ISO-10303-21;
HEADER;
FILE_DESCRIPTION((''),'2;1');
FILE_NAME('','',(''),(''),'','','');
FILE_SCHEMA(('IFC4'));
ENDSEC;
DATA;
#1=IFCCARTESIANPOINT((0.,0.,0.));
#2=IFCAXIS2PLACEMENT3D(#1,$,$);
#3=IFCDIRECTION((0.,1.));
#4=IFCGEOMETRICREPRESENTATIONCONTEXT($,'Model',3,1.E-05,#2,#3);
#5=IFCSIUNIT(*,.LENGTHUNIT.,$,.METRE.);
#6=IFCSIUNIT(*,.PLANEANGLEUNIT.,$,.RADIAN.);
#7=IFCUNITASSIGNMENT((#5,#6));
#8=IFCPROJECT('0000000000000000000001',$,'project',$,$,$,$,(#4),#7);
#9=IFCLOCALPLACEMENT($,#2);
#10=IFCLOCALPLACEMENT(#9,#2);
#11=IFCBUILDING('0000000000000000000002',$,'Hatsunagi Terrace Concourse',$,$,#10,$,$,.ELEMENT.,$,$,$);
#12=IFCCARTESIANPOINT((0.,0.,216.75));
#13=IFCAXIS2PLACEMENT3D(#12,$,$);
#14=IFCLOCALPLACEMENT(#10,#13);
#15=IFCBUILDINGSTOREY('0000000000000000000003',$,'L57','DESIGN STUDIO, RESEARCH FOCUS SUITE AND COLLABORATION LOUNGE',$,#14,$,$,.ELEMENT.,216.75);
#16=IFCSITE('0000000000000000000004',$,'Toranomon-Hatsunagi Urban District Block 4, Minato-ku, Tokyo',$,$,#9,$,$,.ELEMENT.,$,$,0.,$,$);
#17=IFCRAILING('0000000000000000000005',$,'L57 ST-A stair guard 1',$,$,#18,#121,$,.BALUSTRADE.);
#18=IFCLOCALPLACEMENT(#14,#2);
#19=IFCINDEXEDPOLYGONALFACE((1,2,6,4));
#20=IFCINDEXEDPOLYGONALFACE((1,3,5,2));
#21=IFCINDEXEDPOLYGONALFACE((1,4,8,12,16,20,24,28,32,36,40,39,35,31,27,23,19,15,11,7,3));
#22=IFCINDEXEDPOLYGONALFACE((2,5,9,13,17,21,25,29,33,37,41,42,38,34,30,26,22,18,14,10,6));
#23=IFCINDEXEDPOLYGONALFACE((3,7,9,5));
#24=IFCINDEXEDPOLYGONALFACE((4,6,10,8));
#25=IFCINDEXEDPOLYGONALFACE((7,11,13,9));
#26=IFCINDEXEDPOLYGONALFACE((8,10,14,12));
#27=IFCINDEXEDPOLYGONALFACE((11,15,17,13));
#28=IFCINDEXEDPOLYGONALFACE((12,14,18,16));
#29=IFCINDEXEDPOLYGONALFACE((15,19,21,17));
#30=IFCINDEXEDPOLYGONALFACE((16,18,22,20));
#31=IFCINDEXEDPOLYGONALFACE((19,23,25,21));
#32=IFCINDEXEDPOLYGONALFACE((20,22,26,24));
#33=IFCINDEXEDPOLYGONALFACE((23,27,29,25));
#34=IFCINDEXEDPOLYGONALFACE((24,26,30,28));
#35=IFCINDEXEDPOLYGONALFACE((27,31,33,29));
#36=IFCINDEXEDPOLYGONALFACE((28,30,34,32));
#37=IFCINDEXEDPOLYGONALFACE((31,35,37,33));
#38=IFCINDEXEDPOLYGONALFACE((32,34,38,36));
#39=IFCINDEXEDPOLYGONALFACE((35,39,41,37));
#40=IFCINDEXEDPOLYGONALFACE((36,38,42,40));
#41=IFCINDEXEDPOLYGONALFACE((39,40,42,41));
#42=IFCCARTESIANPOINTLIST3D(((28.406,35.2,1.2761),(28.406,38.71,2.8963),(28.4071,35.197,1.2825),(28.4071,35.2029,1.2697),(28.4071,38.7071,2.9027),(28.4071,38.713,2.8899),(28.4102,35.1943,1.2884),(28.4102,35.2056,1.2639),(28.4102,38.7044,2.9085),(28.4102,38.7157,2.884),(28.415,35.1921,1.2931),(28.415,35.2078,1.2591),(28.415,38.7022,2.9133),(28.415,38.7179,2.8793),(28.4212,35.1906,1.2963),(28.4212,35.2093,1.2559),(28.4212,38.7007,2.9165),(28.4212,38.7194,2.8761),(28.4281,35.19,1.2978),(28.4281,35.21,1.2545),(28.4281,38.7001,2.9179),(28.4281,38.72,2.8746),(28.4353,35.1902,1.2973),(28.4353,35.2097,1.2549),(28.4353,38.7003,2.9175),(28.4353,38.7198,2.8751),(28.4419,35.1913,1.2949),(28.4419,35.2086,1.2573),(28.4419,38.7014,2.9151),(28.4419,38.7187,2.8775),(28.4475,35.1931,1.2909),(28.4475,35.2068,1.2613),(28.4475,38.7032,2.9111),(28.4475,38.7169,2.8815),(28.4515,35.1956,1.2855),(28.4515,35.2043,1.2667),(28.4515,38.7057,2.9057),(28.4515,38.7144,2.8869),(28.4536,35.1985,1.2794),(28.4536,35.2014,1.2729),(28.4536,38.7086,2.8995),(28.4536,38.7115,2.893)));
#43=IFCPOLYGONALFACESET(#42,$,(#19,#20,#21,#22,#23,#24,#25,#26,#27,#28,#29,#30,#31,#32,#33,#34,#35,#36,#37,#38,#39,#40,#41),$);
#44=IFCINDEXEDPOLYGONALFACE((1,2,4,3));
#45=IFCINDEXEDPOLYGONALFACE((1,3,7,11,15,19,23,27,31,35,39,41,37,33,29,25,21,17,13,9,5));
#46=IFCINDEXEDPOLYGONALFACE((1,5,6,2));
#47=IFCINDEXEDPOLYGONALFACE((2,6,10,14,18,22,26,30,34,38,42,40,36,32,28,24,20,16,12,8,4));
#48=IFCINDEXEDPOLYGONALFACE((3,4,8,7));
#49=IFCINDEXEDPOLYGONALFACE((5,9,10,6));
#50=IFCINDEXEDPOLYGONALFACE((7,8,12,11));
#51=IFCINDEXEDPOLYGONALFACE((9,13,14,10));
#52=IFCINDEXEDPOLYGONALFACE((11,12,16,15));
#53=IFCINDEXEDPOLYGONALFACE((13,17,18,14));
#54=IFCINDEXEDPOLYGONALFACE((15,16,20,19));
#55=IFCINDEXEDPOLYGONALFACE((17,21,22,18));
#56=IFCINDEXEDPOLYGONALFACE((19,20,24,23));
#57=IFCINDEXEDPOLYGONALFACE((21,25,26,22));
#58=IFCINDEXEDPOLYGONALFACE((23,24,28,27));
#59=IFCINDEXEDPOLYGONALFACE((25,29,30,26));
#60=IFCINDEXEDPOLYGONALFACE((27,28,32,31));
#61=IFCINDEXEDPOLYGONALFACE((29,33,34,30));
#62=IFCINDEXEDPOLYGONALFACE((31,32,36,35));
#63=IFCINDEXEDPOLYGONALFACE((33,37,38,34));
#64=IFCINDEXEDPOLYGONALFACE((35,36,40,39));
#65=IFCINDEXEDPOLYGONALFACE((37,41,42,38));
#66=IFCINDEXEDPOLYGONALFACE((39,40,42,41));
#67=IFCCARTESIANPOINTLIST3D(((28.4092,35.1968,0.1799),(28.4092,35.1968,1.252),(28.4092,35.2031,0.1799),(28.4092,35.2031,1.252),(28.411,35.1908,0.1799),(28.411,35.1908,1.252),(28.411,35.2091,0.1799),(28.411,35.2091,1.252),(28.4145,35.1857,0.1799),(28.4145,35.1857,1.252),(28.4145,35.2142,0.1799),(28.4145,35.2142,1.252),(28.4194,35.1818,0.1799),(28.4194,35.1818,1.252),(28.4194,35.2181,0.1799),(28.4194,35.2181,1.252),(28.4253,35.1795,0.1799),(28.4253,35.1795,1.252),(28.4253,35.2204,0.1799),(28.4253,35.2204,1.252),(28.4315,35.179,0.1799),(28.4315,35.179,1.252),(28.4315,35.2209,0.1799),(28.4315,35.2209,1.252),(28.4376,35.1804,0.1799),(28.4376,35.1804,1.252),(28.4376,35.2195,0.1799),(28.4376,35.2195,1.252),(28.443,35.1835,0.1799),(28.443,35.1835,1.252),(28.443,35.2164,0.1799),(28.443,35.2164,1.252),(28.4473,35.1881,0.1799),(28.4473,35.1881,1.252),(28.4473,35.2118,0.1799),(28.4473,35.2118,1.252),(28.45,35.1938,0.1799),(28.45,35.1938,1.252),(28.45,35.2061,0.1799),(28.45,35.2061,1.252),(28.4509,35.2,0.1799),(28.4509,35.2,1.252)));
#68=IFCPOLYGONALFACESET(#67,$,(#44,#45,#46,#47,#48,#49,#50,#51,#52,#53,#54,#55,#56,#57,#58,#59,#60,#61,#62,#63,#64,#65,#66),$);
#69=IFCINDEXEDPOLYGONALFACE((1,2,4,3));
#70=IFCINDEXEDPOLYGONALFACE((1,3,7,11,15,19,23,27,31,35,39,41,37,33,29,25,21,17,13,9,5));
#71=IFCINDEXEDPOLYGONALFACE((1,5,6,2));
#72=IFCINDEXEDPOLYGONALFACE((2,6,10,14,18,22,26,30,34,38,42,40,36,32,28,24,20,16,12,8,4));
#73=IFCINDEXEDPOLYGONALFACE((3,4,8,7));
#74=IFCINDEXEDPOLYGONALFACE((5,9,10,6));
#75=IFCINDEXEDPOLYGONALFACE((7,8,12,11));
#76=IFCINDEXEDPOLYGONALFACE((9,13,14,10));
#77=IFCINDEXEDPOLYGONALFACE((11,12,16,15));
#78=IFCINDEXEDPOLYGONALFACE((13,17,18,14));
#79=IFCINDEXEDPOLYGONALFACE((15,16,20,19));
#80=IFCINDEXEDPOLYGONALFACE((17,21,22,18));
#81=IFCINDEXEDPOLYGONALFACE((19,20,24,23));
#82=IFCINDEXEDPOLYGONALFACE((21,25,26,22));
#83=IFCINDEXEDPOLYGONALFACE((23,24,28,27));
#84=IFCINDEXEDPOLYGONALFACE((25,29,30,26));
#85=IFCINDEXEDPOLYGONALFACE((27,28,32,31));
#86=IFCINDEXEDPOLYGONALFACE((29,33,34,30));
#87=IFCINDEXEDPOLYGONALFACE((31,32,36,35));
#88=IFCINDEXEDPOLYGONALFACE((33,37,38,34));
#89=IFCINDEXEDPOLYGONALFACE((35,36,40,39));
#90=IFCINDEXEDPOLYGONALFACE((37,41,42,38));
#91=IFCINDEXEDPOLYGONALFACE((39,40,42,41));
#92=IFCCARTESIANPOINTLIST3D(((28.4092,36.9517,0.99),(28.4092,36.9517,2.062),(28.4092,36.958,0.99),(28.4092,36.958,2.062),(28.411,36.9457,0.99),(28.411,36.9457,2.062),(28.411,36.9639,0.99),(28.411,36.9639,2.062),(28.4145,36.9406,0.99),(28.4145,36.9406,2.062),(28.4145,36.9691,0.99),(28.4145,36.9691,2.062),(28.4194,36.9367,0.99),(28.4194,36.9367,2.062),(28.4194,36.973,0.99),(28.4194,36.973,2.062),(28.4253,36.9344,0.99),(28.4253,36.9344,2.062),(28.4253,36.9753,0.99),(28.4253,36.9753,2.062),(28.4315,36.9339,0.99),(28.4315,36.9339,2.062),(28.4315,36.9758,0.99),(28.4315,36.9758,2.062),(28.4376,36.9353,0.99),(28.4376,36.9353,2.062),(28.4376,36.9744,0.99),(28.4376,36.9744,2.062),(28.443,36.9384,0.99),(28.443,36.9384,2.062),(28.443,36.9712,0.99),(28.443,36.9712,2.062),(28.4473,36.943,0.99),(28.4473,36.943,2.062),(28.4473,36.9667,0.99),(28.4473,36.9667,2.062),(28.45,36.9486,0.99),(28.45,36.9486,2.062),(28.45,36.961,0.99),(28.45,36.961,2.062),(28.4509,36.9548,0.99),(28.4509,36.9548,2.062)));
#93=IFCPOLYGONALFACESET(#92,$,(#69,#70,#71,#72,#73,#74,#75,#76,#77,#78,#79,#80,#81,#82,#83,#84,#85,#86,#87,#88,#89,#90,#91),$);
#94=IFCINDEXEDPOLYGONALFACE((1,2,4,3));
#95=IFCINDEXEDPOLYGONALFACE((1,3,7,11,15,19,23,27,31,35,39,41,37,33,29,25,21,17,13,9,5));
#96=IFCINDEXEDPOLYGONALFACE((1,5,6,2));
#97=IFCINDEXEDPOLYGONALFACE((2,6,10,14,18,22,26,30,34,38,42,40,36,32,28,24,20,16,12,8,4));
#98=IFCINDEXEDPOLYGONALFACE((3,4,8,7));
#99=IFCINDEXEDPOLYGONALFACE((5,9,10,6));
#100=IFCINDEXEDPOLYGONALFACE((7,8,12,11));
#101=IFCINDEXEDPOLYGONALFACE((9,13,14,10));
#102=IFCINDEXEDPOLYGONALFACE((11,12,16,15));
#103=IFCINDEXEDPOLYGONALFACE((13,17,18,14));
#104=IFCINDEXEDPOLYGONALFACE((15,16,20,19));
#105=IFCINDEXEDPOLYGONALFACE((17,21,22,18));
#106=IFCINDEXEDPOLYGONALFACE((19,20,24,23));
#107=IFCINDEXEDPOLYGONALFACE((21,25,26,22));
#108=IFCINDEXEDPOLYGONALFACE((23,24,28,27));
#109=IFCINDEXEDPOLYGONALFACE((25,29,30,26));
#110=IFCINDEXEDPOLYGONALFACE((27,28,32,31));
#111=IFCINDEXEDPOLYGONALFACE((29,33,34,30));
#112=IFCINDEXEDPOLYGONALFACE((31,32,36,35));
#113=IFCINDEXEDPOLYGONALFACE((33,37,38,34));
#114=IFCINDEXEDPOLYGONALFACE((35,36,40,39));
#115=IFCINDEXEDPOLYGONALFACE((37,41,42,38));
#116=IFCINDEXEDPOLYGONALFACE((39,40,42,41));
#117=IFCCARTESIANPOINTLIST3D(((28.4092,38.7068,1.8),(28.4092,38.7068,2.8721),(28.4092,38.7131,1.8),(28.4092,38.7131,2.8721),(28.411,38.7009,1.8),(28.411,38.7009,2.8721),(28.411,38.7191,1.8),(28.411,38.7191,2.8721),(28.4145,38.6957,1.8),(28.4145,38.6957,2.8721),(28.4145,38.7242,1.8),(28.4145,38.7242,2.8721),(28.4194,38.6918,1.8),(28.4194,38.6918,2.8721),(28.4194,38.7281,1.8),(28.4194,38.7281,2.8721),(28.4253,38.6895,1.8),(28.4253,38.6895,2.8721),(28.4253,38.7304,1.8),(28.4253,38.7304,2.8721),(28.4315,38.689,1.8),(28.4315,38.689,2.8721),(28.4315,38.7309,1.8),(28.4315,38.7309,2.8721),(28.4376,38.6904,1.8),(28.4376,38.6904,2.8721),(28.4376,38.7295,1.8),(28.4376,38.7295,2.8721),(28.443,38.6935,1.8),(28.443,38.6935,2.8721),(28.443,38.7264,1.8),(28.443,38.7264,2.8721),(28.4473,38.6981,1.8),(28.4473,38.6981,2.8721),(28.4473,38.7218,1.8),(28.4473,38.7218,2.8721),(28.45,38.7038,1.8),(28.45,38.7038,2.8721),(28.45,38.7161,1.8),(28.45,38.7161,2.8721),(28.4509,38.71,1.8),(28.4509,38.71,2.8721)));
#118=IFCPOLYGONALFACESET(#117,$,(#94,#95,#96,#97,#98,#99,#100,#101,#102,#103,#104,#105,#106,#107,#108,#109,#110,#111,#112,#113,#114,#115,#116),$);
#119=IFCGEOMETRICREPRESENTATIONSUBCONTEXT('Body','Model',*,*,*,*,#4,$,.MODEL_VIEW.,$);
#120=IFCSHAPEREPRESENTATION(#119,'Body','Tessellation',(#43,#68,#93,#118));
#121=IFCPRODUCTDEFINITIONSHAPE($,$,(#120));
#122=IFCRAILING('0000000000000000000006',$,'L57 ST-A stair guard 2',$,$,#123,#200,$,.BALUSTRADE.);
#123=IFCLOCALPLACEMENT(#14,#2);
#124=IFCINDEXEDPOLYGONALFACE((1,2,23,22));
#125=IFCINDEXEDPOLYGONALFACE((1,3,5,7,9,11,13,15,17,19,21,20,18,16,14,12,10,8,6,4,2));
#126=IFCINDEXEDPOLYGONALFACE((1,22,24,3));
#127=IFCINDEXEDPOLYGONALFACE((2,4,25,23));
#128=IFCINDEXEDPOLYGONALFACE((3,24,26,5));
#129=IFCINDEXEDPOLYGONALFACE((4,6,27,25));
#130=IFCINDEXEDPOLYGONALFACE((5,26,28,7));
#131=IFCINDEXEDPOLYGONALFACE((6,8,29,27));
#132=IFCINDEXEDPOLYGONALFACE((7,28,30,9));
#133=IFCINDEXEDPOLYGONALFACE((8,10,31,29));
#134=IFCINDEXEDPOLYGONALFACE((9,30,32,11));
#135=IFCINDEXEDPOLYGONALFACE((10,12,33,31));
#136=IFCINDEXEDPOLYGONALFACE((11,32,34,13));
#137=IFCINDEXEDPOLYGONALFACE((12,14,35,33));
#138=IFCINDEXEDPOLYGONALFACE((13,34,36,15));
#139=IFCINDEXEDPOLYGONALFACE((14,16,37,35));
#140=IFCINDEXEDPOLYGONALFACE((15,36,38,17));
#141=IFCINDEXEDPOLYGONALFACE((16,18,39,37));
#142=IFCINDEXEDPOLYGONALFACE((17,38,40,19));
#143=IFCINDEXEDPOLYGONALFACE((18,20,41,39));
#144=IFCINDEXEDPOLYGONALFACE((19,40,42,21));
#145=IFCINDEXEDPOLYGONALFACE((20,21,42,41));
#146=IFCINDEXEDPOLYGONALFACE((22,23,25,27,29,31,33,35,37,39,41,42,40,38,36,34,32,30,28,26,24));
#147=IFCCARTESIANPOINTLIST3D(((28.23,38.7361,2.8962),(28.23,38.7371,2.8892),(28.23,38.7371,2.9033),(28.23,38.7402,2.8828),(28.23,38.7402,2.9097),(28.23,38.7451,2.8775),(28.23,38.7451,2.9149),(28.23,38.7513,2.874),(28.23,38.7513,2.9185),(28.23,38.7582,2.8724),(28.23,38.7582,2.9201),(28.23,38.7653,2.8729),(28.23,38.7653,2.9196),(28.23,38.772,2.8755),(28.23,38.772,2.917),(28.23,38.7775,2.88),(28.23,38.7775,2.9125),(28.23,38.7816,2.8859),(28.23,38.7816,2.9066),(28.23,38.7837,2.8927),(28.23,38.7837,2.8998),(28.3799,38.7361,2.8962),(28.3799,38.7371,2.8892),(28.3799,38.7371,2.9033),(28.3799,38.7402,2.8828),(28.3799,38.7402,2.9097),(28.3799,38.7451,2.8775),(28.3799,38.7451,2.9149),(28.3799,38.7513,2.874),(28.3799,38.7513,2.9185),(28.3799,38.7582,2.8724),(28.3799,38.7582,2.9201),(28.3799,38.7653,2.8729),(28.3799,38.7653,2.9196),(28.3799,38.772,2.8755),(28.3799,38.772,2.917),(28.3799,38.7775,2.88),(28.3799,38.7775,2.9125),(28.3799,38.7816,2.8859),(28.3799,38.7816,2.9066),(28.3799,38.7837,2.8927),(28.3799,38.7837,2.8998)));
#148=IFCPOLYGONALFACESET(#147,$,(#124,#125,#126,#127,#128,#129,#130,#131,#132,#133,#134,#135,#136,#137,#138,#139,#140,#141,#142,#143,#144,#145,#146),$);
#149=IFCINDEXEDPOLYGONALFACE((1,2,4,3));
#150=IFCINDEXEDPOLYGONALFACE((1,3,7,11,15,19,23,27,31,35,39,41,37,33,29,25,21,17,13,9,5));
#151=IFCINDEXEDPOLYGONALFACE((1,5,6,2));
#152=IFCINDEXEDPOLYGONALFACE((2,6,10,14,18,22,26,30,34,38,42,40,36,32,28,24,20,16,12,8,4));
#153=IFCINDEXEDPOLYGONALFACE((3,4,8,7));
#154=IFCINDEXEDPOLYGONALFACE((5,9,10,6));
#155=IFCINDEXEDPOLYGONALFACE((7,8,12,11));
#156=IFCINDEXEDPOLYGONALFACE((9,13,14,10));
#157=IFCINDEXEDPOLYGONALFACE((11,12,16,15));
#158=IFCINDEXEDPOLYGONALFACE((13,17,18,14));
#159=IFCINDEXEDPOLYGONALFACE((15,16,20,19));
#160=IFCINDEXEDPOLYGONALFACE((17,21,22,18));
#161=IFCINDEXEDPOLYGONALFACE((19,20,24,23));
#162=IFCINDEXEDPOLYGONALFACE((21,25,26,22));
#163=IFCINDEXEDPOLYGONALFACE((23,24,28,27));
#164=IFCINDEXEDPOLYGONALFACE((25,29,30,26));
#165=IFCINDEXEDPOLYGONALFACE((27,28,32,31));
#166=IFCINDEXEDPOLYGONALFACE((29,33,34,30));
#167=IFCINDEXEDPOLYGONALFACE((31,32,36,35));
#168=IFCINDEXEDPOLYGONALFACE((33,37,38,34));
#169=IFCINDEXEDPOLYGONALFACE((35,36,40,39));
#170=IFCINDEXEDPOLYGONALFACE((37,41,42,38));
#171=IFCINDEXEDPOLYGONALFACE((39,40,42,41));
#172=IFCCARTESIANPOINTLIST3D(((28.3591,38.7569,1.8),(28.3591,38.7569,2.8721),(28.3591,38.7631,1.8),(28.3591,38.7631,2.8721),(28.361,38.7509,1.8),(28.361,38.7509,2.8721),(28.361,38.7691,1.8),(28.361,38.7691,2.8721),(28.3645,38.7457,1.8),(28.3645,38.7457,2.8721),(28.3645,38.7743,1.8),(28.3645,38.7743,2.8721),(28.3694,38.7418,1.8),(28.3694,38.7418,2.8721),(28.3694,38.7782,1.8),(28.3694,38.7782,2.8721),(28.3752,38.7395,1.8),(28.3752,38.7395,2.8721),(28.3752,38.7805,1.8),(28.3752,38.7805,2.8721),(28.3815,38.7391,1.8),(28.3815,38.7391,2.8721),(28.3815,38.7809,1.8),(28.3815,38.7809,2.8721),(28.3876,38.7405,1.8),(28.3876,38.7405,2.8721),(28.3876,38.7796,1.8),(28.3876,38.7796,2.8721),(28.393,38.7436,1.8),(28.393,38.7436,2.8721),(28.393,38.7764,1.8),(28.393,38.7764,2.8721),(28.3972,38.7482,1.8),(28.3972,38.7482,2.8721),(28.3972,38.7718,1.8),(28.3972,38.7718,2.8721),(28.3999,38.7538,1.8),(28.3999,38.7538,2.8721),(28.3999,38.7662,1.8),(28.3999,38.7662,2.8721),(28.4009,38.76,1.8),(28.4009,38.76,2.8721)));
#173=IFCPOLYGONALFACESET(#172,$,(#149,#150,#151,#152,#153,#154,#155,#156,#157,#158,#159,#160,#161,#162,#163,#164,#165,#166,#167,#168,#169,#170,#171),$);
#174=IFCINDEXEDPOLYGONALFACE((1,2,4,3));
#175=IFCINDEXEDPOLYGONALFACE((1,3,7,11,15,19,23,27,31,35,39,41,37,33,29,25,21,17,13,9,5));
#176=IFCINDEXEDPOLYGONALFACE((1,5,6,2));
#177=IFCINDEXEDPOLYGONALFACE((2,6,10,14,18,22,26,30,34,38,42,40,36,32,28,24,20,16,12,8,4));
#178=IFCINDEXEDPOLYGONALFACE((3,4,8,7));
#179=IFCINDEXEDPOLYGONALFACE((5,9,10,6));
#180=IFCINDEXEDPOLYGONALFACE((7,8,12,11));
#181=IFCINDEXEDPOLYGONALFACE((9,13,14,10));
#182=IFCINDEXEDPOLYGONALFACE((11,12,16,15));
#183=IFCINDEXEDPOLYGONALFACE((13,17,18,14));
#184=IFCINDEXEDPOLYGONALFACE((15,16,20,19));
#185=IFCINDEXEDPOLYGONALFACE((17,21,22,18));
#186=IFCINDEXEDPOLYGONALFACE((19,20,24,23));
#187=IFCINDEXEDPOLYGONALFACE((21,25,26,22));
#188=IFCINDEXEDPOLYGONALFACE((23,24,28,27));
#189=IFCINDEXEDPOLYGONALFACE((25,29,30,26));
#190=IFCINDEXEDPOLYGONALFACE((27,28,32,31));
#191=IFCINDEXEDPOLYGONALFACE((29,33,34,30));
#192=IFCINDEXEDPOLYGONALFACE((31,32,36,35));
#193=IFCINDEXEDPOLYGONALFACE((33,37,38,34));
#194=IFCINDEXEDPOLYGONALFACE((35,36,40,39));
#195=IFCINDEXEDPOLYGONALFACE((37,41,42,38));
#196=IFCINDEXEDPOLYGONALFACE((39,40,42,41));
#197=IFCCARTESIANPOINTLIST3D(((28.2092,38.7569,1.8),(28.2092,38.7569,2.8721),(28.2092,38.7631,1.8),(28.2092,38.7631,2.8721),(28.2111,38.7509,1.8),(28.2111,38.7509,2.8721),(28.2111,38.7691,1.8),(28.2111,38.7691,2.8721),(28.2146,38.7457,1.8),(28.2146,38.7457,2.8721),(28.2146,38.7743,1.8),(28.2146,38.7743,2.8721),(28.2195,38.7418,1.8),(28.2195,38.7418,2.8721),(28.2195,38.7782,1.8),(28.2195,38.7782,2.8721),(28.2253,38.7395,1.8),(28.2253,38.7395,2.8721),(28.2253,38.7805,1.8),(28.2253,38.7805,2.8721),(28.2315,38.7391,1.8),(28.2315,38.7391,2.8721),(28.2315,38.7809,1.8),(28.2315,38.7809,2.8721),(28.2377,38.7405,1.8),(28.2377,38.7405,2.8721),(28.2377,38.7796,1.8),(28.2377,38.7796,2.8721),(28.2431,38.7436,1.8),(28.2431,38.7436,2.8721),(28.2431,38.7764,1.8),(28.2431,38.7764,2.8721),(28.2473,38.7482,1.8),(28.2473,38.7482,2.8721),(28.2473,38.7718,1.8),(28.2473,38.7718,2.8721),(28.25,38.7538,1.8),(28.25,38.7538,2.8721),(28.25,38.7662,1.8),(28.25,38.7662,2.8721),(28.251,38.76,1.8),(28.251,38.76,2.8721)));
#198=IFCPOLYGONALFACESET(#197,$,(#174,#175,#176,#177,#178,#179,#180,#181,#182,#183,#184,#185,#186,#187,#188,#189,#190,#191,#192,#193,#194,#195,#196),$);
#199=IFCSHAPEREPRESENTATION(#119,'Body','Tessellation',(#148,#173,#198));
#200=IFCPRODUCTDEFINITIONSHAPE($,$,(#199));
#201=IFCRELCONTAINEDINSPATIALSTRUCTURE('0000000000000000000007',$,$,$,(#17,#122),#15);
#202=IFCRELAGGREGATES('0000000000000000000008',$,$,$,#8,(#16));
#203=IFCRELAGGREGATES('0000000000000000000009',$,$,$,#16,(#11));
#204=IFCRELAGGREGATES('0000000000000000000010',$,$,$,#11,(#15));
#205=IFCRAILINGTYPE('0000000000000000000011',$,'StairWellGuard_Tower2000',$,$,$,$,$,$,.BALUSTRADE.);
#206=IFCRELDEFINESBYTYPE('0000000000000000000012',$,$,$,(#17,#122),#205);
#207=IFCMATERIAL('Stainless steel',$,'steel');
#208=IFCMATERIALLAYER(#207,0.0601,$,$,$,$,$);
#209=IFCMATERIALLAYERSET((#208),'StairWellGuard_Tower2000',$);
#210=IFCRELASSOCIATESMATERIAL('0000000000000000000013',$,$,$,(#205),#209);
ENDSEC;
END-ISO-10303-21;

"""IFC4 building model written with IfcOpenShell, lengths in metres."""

from ifc_helpers import new_model, si_unit, direction, frame, origin, origin_2d, place, context, subcontext, project, spatial, circle, extrude, material, layer, layer_set, type_object, element, save


model = new_model("IFC4")

# Units and contexts
model_context = context("Model", 3, precision=1e-05, world=origin(), true_north=direction((0.0, 1.0)))
body_context = subcontext(model_context, "Body", "Model", "MODEL_VIEW")
ifc_project = project(units=[si_unit("LENGTHUNIT", "METRE"), si_unit("PLANEANGLEUNIT", "RADIAN")], contexts=[model_context])

# Site, building, storey
site_placement = place(None, origin())
site = spatial("IfcSite", under=ifc_project, at=site_placement, Name="Toranomon-Hatsunagi Urban District Block 4, Minato-ku, Tokyo", CompositionType="ELEMENT", RefElevation=0.0)
building_placement = place(site_placement, origin())
building = spatial("IfcBuilding", under=site, at=building_placement, Name="Hatsunagi Terrace Concourse", CompositionType="ELEMENT")
storey_placement = place(building_placement, frame((0.0, 0.0, 216.75)))
storey = spatial("IfcBuildingStorey", under=building, at=storey_placement, Name="L57", Description="DESIGN STUDIO, RESEARCH FOCUS SUITE AND COLLABORATION LOUNGE", CompositionType="ELEMENT", Elevation=216.75)

# Railings
ifc_material_1 = material(Name="Stainless steel", Category="steel")
ifc_layer_1 = layer(ifc_material_1, 0.0601)
ifc_layer_set_1 = layer_set([ifc_layer_1], Name="StairWellGuard_Tower2000")
railing_type_1 = type_object("IfcRailingType", Name="StairWellGuard_Tower2000", PredefinedType="BALUSTRADE", material=ifc_layer_set_1)
railing_1_placement = place(storey_placement, frame((28.4299, 35.2, 0.1799)))
element("IfcRailing", 1, at=railing_1_placement, inside=storey, type_object=railing_type_1, Name="L57 ST-A stair guard 1", PredefinedType="BALUSTRADE", context=body_context, shape_type="SweptSolid", body=[
    extrude(circle(Radius=0.0239, at=origin_2d()), frame((0.0, 0.0, 1.0962), z_axis=(0.0, 0.907948, 0.419082), x_axis=(-1.0, 0.0, 0.0)), (0.0, 0.0, 1.0), 3.866),
    extrude(circle(Radius=0.021, at=origin_2d()), origin(), (0.0, 0.0, 1.0), 1.072),
    extrude(circle(Radius=0.021, at=origin_2d()), frame((0.0, 1.7549, 0.8101)), (0.0, 0.0, 1.0), 1.072),
    extrude(circle(Radius=0.021, at=origin_2d()), frame((0.0, 3.51, 1.6201)), (0.0, 0.0, 1.0), 1.072),
])
railing_2_placement = place(storey_placement, frame((28.3799, 38.76, 1.8)))
element("IfcRailing", 2, at=railing_2_placement, inside=storey, type_object=railing_type_1, Name="L57 ST-A stair guard 2", PredefinedType="BALUSTRADE", context=body_context, shape_type="SweptSolid", body=[
    extrude(circle(Radius=0.0239, at=origin_2d()), frame((0.0, 0.0, 1.0962), z_axis=(-1.0, 0.0, 0.0), x_axis=(0.0, -1.0, 0.0)), (0.0, 0.0, 1.0), 0.1499),
    extrude(circle(Radius=0.021, at=origin_2d()), origin(), (0.0, 0.0, 1.0), 1.072),
    extrude(circle(Radius=0.021, at=origin_2d()), frame((-0.1499, 0.0, 0.0)), (0.0, 0.0, 1.0), 1.072),
])

save(model, "model.ifc")
